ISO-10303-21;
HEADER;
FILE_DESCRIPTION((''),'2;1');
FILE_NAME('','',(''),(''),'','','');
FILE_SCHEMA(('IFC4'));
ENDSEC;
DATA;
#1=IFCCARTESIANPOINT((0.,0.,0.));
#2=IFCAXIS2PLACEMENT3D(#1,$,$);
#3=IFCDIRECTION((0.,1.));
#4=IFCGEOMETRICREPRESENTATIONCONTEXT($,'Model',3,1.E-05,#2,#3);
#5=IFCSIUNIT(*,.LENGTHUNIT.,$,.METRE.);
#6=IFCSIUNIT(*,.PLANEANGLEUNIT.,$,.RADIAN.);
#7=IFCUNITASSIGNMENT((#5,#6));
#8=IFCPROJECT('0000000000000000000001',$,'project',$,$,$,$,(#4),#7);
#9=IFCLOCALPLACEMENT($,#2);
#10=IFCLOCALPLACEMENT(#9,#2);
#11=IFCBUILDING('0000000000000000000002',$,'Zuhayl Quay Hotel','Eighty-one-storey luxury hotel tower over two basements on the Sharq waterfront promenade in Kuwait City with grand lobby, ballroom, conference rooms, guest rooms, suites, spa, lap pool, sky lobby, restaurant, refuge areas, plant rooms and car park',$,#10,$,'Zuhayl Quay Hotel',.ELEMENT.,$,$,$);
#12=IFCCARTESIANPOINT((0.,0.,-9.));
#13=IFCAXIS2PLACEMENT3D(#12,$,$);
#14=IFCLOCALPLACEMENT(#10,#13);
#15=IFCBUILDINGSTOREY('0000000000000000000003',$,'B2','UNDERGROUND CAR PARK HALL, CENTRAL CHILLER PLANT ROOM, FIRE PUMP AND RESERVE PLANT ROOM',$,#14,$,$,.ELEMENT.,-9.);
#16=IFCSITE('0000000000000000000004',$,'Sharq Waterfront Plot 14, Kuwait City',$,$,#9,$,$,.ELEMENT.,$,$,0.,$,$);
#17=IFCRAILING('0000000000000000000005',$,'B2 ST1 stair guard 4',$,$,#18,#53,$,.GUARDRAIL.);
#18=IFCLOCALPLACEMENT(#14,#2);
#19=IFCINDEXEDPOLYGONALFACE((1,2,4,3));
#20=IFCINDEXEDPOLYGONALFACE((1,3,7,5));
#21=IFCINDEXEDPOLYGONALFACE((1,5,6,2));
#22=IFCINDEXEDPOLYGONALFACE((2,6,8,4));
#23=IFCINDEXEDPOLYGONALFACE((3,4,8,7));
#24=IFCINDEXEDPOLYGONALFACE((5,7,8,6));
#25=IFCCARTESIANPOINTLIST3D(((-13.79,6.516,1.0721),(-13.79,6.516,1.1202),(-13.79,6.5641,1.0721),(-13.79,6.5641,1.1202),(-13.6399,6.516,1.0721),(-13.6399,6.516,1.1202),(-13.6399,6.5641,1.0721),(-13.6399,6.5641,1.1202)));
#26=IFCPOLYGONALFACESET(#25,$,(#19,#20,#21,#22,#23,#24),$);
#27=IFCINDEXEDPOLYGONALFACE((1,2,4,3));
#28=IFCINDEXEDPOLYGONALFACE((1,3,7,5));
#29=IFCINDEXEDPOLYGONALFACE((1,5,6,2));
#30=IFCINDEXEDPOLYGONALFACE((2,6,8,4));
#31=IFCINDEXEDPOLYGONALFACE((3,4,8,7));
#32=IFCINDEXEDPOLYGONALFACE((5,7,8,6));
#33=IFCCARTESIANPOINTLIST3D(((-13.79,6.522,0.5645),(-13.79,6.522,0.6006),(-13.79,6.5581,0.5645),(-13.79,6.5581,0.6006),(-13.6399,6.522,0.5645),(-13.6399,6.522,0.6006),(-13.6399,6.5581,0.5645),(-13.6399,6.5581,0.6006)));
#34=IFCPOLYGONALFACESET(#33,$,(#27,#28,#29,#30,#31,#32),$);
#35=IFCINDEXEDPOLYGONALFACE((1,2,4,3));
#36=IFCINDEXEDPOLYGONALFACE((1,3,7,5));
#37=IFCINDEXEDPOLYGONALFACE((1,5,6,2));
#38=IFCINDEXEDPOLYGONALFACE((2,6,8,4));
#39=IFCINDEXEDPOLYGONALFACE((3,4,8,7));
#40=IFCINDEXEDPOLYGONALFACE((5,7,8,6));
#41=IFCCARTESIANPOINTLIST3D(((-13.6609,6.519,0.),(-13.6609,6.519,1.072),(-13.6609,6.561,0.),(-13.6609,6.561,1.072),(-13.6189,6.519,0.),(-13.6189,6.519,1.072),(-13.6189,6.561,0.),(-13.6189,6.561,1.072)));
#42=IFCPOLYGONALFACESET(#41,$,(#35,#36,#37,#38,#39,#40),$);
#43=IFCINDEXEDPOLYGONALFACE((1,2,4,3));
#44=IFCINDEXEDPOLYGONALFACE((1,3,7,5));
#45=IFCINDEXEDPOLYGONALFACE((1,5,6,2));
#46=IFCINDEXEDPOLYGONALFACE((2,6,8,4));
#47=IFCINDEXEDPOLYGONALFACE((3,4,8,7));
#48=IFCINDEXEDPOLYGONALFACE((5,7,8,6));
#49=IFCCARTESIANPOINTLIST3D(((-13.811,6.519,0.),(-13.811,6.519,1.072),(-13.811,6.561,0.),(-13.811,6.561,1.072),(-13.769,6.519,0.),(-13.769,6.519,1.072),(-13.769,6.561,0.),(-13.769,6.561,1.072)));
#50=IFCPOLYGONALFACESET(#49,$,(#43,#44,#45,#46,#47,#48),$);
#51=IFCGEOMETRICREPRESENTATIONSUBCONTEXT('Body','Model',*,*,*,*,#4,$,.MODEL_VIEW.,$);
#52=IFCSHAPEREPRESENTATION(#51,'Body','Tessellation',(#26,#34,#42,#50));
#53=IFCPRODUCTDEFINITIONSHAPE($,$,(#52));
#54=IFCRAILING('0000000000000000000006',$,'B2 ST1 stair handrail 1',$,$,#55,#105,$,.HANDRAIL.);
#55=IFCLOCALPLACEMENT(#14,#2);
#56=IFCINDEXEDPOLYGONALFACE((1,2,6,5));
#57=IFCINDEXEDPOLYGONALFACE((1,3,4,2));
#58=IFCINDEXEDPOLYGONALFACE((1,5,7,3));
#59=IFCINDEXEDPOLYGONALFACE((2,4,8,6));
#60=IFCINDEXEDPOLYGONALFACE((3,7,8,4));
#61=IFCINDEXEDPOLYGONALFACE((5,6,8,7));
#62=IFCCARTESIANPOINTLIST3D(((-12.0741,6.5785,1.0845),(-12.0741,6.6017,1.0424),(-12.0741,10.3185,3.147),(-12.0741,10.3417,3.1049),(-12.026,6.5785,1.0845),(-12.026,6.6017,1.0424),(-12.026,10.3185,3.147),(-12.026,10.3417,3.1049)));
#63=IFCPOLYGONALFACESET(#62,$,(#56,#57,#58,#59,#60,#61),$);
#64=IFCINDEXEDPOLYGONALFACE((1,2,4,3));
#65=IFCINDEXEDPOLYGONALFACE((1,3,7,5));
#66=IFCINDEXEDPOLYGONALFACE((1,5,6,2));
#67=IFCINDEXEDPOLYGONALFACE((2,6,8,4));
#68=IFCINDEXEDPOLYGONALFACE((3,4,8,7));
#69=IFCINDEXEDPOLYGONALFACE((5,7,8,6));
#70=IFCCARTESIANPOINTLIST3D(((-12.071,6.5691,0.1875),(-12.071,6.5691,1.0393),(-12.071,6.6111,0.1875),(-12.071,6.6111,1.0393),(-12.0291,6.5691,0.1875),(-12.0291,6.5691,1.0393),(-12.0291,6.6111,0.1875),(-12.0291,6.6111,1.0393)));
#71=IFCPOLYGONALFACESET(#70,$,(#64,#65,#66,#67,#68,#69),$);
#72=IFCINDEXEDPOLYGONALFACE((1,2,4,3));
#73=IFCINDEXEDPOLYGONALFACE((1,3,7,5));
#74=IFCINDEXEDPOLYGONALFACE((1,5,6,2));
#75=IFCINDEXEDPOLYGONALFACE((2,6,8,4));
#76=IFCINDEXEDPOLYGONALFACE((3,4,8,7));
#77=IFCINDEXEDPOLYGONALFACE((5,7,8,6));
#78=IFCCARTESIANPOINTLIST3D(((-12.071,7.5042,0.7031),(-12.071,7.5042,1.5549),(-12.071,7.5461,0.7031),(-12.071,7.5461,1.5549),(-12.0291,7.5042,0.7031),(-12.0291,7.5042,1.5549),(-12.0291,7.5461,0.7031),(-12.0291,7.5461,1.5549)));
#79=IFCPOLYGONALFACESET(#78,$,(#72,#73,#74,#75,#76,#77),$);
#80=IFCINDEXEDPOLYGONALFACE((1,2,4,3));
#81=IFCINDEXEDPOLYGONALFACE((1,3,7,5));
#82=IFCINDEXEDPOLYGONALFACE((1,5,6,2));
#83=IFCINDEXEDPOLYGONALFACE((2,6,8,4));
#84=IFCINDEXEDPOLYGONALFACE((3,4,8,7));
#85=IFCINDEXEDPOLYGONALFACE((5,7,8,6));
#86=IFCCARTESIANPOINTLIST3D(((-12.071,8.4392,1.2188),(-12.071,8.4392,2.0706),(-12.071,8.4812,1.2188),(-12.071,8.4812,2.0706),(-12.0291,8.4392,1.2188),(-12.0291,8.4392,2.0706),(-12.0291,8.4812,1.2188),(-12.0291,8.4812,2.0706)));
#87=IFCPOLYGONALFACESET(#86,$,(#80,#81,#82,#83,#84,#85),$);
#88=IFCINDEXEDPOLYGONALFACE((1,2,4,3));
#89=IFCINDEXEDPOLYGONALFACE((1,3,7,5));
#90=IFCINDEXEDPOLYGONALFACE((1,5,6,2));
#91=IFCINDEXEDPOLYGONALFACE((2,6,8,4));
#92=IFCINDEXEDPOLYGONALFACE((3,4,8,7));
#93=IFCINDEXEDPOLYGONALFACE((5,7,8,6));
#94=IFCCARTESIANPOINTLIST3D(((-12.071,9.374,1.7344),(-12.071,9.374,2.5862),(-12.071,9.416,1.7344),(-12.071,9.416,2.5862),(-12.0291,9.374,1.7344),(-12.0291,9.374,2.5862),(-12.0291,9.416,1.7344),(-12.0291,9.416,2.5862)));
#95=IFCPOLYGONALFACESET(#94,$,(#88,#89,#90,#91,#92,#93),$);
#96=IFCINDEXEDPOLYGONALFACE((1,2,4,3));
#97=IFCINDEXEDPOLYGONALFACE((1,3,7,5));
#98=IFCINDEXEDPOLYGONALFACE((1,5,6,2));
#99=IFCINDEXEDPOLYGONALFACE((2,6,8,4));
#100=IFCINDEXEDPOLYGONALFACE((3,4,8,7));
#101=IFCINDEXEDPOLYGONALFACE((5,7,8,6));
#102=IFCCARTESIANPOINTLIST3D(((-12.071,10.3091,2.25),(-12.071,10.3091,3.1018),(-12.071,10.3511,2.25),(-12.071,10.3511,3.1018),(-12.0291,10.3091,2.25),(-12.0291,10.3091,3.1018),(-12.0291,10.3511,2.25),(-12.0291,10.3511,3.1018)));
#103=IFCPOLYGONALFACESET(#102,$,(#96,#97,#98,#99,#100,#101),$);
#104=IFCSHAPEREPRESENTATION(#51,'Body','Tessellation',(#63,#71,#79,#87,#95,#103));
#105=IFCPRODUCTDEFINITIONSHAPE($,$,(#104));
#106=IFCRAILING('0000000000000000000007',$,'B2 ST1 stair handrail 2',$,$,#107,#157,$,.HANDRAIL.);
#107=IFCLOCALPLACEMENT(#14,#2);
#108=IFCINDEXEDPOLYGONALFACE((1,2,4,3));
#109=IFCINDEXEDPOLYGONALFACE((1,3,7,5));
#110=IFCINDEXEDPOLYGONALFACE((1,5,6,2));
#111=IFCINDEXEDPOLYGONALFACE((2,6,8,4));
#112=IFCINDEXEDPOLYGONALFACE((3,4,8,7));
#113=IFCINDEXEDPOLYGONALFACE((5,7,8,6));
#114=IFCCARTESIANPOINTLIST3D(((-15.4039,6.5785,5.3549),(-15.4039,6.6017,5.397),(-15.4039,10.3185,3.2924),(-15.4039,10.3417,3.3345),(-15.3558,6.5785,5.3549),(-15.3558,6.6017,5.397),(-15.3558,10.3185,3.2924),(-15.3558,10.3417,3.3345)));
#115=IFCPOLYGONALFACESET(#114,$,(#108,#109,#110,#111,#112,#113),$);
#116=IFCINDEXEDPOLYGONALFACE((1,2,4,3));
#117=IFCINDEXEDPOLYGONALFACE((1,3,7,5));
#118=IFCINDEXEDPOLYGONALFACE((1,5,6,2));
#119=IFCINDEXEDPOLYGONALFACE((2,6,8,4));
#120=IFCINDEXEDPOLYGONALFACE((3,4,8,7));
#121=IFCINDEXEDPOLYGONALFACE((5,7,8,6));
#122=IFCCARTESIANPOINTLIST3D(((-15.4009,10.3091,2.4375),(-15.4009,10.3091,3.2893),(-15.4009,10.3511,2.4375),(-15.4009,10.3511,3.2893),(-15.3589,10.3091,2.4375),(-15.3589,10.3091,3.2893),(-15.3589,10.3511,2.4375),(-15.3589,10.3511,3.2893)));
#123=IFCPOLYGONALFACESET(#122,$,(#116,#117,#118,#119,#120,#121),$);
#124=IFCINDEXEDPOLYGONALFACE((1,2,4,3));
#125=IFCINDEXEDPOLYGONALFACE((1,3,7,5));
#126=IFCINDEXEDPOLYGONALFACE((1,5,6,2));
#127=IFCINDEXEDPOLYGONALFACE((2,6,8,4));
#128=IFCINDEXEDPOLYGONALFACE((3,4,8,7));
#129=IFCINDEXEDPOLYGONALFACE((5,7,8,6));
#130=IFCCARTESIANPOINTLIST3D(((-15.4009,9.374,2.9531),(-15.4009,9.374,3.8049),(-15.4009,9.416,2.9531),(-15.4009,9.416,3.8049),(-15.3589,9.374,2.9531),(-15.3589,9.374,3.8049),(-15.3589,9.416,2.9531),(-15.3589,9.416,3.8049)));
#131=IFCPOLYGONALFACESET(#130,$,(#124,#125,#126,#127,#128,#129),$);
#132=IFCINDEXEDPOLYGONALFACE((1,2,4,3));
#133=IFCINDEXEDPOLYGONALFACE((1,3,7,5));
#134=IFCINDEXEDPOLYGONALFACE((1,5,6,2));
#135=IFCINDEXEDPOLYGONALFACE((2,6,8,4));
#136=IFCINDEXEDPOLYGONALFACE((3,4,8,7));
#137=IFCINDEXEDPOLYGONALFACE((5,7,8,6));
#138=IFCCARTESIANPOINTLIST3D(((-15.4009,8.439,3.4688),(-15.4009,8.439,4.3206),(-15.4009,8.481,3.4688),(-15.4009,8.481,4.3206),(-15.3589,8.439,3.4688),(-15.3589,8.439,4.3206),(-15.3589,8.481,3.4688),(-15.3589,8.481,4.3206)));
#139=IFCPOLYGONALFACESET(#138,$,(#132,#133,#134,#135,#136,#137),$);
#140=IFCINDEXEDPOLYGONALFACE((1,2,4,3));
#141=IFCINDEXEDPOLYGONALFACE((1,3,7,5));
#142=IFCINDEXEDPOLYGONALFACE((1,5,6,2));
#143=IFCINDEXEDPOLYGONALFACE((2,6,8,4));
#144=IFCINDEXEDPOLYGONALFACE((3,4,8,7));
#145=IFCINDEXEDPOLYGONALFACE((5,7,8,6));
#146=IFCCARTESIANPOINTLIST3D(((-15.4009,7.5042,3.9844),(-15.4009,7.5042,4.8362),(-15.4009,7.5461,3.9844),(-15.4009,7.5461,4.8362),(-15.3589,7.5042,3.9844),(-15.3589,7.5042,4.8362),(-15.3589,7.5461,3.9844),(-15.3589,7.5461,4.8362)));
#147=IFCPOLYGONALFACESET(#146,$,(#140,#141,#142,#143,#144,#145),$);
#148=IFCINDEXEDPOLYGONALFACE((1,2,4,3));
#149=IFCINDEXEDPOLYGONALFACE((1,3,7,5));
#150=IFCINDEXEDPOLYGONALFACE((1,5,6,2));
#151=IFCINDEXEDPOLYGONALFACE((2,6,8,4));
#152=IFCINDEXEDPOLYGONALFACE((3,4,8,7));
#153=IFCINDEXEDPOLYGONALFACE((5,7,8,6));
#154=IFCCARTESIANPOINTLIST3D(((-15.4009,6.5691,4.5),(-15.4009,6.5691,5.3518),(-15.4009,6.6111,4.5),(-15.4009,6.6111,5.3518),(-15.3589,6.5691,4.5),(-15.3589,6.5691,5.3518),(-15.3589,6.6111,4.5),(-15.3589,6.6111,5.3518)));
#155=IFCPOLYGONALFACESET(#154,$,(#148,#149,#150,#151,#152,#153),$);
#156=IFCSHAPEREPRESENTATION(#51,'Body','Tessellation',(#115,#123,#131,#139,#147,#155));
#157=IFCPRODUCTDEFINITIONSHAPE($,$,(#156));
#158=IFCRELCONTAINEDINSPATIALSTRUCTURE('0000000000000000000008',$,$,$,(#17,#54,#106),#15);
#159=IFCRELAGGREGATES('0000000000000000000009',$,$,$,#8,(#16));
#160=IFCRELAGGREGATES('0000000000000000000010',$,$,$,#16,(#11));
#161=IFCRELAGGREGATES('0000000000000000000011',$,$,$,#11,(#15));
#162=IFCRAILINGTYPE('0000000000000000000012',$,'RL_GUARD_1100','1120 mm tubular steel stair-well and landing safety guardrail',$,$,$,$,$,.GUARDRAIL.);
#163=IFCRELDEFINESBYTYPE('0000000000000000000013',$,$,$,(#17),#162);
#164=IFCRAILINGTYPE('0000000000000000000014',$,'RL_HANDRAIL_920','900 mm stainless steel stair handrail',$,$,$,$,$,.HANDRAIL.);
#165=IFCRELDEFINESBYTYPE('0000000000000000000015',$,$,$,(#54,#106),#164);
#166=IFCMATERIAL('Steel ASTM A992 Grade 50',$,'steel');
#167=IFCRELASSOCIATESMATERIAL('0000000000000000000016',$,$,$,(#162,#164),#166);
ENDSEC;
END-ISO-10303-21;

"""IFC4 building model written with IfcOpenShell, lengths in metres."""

from ifc_helpers import new_model, si_unit, direction, frame, origin, origin_2d, place, context, subcontext, project, spatial, rectangle, extrude, material, type_object, element, save


model = new_model("IFC4")

# Units and contexts
model_context = context("Model", 3, precision=1e-05, world=origin(), true_north=direction((0.0, 1.0)))
body_context = subcontext(model_context, "Body", "Model", "MODEL_VIEW")
ifc_project = project(units=[si_unit("LENGTHUNIT", "METRE"), si_unit("PLANEANGLEUNIT", "RADIAN")], contexts=[model_context])

# Site, building, storey
site_placement = place(None, origin())
site = spatial("IfcSite", under=ifc_project, at=site_placement, Name="Sharq Waterfront Plot 14, Kuwait City", CompositionType="ELEMENT", RefElevation=0.0)
building_placement = place(site_placement, origin())
building = spatial("IfcBuilding", under=site, at=building_placement, Name="Zuhayl Quay Hotel", Description="Eighty-one-storey luxury hotel tower over two basements on the Sharq waterfront promenade in Kuwait City with grand lobby, ballroom, conference rooms, guest rooms, suites, spa, lap pool, sky lobby, restaurant, refuge areas, plant rooms and car park", LongName="Zuhayl Quay Hotel", CompositionType="ELEMENT")
storey_placement = place(building_placement, frame((0.0, 0.0, -9.0)))
storey = spatial("IfcBuildingStorey", under=building, at=storey_placement, Name="B2", Description="UNDERGROUND CAR PARK HALL, CENTRAL CHILLER PLANT ROOM, FIRE PUMP AND RESERVE PLANT ROOM", CompositionType="ELEMENT", Elevation=-9.0)

# Shared definitions
ifc_material_1 = material(Name="Steel ASTM A992 Grade 50", Category="steel")

# Railings
railing_type_1 = type_object("IfcRailingType", Name="RL_GUARD_1100", Description="1120 mm tubular steel stair-well and landing safety guardrail", PredefinedType="GUARDRAIL", material=ifc_material_1)
railing_1_placement = place(storey_placement, frame((-13.6399, 6.54, 0.0)))
element("IfcRailing", 1, at=railing_1_placement, inside=storey, type_object=railing_type_1, Name="B2 ST1 stair guard 4", PredefinedType="GUARDRAIL", context=body_context, shape_type="SweptSolid", body=[
    extrude(rectangle(XDim=0.0481, YDim=0.0481, at=origin_2d()), frame((0.0, 0.0, 1.0962), z_axis=(-1.0, 0.0, 0.0), x_axis=(0.0, -1.0, 0.0)), (0.0, 0.0, 1.0), 0.1501),
    extrude(rectangle(XDim=0.0361, YDim=0.0361, at=origin_2d()), frame((0.0, 0.0, 0.5825), z_axis=(-1.0, 0.0, 0.0), x_axis=(0.0, -1.0, 0.0)), (0.0, 0.0, 1.0), 0.1501),
    extrude(rectangle(XDim=0.042, YDim=0.042, at=origin_2d()), origin(), (0.0, 0.0, 1.0), 1.072),
    extrude(rectangle(XDim=0.042, YDim=0.042, at=origin_2d()), frame((-0.1501, 0.0, 0.0)), (0.0, 0.0, 1.0), 1.072),
])
railing_type_2 = type_object("IfcRailingType", Name="RL_HANDRAIL_920", Description="900 mm stainless steel stair handrail", PredefinedType="HANDRAIL", material=ifc_material_1)
railing_2_placement = place(storey_placement, frame((-12.05, 6.5901, 0.1875)))
element("IfcRailing", 2, at=railing_2_placement, inside=storey, type_object=railing_type_2, Name="B2 ST1 stair handrail 1", PredefinedType="HANDRAIL", context=body_context, shape_type="SweptSolid", body=[
    extrude(rectangle(XDim=0.0481, YDim=0.0481, at=origin_2d()), frame((0.0, 0.0, 0.876), z_axis=(0.0, 0.875671, 0.482908), x_axis=(-1.0, 0.0, 0.0)), (0.0, 0.0, 1.0), 4.271),
    extrude(rectangle(XDim=0.042, YDim=0.042, at=origin_2d()), origin(), (0.0, 0.0, 1.0), 0.8518),
    extrude(rectangle(XDim=0.042, YDim=0.042, at=origin_2d()), frame((0.0, 0.9351, 0.5156)), (0.0, 0.0, 1.0), 0.8518),
    extrude(rectangle(XDim=0.042, YDim=0.042, at=origin_2d()), frame((0.0, 1.8701, 1.0312)), (0.0, 0.0, 1.0), 0.8518),
    extrude(rectangle(XDim=0.042, YDim=0.042, at=origin_2d()), frame((0.0, 2.8049, 1.5469)), (0.0, 0.0, 1.0), 0.8518),
    extrude(rectangle(XDim=0.042, YDim=0.042, at=origin_2d()), frame((0.0, 3.74, 2.0625)), (0.0, 0.0, 1.0), 0.8518),
])
railing_3_placement = place(storey_placement, frame((-15.3799, 10.3301, 2.4375)))
element("IfcRailing", 3, at=railing_3_placement, inside=storey, type_object=railing_type_2, Name="B2 ST1 stair handrail 2", PredefinedType="HANDRAIL", context=body_context, shape_type="SweptSolid", body=[
    extrude(rectangle(XDim=0.0481, YDim=0.0481, at=origin_2d()), frame((0.0, 0.0, 0.876), z_axis=(0.0, -0.875671, 0.482908), x_axis=(1.0, 0.0, 0.0)), (0.0, 0.0, 1.0), 4.271),
    extrude(rectangle(XDim=0.042, YDim=0.042, at=origin_2d()), origin(), (0.0, 0.0, 1.0), 0.8518),
    extrude(rectangle(XDim=0.042, YDim=0.042, at=origin_2d()), frame((0.0, -0.9351, 0.5156)), (0.0, 0.0, 1.0), 0.8518),
    extrude(rectangle(XDim=0.042, YDim=0.042, at=origin_2d()), frame((0.0, -1.8701, 1.0312)), (0.0, 0.0, 1.0), 0.8518),
    extrude(rectangle(XDim=0.042, YDim=0.042, at=origin_2d()), frame((0.0, -2.8049, 1.5469)), (0.0, 0.0, 1.0), 0.8518),
    extrude(rectangle(XDim=0.042, YDim=0.042, at=origin_2d()), frame((0.0, -3.74, 2.0625)), (0.0, 0.0, 1.0), 0.8518),
])

save(model, "model.ifc")
